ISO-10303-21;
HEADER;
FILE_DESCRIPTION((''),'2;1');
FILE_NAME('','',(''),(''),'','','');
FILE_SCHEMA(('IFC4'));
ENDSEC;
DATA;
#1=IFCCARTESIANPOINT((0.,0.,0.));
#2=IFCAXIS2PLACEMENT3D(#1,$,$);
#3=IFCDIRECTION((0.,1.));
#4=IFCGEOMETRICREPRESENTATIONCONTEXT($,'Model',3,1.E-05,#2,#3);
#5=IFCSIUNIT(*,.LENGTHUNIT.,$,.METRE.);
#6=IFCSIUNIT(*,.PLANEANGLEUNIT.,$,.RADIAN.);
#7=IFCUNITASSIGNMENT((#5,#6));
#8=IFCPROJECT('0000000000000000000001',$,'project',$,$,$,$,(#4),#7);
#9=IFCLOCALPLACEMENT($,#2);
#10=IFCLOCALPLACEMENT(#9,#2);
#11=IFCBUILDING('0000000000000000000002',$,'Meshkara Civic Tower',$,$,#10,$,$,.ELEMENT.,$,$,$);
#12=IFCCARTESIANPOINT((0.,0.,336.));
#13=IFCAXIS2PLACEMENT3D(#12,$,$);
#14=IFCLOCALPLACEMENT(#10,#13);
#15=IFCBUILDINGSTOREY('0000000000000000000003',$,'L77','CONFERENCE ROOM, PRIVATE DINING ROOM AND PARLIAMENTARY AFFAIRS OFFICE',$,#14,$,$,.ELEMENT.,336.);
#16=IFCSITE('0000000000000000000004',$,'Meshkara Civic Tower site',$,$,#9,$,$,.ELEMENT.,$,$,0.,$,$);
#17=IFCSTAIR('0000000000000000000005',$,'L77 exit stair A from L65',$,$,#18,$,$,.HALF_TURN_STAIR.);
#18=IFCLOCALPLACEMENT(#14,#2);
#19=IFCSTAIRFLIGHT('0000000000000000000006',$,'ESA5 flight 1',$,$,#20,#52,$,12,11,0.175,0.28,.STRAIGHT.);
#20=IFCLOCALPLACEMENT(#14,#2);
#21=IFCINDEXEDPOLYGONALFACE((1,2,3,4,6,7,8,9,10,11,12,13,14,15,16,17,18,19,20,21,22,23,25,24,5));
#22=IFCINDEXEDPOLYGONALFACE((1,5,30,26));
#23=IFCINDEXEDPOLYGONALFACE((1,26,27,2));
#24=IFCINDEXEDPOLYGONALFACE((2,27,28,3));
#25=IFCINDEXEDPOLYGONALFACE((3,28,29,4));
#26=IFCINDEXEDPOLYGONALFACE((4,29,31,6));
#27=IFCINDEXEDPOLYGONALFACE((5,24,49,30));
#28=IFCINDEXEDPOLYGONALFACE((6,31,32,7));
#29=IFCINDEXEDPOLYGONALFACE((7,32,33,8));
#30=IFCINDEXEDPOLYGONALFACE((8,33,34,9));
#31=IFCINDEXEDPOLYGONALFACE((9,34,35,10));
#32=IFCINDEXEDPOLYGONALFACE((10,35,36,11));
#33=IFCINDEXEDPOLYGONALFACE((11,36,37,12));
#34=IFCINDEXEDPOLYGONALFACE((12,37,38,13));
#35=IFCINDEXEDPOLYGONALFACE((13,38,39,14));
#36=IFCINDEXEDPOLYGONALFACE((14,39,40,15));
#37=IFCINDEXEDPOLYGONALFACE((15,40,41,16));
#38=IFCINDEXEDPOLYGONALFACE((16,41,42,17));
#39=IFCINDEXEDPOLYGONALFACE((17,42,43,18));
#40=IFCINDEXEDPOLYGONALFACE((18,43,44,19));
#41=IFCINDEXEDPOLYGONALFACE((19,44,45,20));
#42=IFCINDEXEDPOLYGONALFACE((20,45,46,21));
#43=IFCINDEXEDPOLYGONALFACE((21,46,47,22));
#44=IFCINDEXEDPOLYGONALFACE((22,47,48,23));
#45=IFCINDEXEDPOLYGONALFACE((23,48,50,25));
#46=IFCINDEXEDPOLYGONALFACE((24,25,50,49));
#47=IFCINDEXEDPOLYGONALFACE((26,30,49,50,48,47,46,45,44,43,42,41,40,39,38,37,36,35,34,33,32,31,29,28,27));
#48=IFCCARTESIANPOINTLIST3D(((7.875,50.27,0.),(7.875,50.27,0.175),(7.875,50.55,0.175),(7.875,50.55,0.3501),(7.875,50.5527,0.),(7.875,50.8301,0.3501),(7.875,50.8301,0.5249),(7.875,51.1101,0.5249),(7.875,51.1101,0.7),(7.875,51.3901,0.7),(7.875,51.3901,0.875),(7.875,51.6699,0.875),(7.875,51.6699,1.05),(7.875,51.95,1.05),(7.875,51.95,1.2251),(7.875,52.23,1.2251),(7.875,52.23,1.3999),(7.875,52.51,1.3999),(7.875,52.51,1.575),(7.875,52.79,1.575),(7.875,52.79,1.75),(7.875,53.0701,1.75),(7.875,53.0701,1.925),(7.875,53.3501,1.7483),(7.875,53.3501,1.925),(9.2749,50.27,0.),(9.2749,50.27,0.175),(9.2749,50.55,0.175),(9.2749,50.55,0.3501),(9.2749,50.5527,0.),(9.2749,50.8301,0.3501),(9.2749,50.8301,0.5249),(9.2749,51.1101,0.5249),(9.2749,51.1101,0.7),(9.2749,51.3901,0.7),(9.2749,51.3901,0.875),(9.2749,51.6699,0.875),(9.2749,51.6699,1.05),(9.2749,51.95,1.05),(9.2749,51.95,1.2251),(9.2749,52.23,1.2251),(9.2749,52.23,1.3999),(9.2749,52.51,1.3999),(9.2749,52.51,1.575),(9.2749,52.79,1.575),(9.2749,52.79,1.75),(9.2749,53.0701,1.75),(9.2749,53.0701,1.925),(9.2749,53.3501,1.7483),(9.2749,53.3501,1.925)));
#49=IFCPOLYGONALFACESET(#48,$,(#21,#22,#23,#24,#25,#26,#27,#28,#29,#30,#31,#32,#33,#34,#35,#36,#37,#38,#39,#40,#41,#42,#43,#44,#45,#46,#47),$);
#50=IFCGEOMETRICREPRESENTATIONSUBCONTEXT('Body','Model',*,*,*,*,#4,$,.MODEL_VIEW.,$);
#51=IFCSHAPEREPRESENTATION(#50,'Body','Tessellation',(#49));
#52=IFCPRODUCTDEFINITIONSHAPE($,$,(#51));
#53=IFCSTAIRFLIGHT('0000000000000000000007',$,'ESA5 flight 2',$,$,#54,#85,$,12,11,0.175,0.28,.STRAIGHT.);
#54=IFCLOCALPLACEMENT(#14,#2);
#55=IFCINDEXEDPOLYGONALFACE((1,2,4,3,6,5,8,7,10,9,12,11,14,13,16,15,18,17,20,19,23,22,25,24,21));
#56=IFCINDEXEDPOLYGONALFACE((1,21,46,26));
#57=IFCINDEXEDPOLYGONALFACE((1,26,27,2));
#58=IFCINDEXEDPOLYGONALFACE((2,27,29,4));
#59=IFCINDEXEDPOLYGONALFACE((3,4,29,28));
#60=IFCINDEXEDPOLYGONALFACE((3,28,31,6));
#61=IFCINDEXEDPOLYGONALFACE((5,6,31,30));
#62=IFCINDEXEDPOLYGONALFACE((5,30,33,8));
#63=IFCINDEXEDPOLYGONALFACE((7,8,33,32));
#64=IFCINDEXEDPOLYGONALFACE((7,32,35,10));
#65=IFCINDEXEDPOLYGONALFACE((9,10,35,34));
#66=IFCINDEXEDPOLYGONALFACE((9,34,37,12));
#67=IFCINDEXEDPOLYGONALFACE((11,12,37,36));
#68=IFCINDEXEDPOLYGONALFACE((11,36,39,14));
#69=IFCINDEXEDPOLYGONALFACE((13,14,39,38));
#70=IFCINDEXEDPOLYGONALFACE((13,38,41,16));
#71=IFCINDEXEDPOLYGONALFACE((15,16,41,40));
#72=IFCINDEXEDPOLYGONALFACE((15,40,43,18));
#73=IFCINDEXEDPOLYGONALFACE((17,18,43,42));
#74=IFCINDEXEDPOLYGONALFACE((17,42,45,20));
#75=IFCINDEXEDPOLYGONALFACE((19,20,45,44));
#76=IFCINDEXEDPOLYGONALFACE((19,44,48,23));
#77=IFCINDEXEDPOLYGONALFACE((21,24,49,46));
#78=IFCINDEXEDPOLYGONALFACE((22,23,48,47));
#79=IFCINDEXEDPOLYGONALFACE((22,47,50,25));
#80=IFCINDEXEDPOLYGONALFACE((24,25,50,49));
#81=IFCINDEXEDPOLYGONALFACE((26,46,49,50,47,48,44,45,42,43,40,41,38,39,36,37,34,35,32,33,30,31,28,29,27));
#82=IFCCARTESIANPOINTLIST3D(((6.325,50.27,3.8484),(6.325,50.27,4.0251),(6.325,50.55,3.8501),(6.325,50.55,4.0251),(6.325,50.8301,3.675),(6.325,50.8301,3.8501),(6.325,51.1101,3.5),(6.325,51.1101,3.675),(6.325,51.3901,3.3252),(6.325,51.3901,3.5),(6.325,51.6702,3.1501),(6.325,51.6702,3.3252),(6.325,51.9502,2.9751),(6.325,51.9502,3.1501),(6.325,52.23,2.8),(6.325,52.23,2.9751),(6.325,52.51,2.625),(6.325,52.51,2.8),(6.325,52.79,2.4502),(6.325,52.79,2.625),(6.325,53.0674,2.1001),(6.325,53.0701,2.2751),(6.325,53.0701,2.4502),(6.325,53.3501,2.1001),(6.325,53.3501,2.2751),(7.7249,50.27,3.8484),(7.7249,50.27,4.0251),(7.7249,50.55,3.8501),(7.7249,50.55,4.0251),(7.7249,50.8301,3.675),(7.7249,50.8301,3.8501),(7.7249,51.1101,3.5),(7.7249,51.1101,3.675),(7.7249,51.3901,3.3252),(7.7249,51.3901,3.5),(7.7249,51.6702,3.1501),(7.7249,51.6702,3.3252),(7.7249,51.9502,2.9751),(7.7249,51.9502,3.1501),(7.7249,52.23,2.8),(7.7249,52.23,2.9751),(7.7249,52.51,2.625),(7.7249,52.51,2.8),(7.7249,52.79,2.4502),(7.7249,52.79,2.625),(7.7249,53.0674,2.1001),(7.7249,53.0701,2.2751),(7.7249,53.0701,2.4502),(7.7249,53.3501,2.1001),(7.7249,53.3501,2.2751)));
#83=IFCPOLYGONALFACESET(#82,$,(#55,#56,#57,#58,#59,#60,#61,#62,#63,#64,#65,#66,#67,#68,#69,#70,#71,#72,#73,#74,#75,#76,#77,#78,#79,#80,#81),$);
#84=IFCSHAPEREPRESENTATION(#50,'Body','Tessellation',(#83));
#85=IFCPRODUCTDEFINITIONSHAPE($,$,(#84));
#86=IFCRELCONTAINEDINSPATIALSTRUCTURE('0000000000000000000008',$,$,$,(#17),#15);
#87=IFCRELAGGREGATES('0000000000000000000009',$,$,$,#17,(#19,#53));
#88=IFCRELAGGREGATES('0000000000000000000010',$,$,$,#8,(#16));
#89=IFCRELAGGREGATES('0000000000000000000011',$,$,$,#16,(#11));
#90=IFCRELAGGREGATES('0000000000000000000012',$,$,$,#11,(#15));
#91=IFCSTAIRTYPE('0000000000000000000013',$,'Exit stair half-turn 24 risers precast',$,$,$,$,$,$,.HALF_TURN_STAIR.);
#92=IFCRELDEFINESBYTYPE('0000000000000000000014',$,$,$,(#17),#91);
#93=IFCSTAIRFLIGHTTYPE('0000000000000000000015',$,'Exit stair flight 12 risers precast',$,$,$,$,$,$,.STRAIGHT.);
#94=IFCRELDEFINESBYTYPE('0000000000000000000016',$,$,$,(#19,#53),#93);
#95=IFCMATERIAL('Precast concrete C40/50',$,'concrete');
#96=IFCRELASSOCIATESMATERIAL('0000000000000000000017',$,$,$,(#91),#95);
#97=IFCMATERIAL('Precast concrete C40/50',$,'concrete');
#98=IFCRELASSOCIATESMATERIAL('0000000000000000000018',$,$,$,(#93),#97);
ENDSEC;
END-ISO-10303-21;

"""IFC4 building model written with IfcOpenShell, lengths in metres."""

from ifc_helpers import new_model, si_unit, direction, frame, origin, place, context, subcontext, project, spatial, polyline, outline, extrude, material, type_object, element, aggregate, save


model = new_model("IFC4")

# Units and contexts
model_context = context("Model", 3, precision=1e-05, world=origin(), true_north=direction((0.0, 1.0)))
body_context = subcontext(model_context, "Body", "Model", "MODEL_VIEW")
ifc_project = project(units=[si_unit("LENGTHUNIT", "METRE"), si_unit("PLANEANGLEUNIT", "RADIAN")], contexts=[model_context])

# Site, building, storey
site_placement = place(None, origin())
site = spatial("IfcSite", under=ifc_project, at=site_placement, Name="Meshkara Civic Tower site", CompositionType="ELEMENT", RefElevation=0.0)
building_placement = place(site_placement, origin())
building = spatial("IfcBuilding", under=site, at=building_placement, Name="Meshkara Civic Tower", CompositionType="ELEMENT")
storey_placement = place(building_placement, frame((0.0, 0.0, 336.0)))
storey = spatial("IfcBuildingStorey", under=building, at=storey_placement, Name="L77", Description="CONFERENCE ROOM, PRIVATE DINING ROOM AND PARLIAMENTARY AFFAIRS OFFICE", CompositionType="ELEMENT", Elevation=336.0)

# Stair, stair flights
ifc_material_1 = material(Name="Precast concrete C40/50", Category="concrete")
stair_type = type_object("IfcStairType", Name="Exit stair half-turn 24 risers precast", PredefinedType="HALF_TURN_STAIR", material=ifc_material_1)
stair_placement = place(storey_placement, origin())
stair = element("IfcStair", 1, at=stair_placement, inside=storey, type_object=stair_type, Name="L77 exit stair A from L65", PredefinedType="HALF_TURN_STAIR")
ifc_material_2 = material(Name="Precast concrete C40/50", Category="concrete")
stair_flight_type = type_object("IfcStairFlightType", Name="Exit stair flight 12 risers precast", PredefinedType="STRAIGHT", material=ifc_material_2)
stair_flight_1_placement = place(storey_placement, frame((8.575, 50.27, 0.0), z_axis=(0.0, 0.0, 1.0), x_axis=(0.0, 1.0, 0.0)))
stair_flight_1 = element("IfcStairFlight", 2, at=stair_flight_1_placement, type_object=stair_flight_type, Name="ESA5 flight 1", NumberOfRisers=12, NumberOfTreads=11, PredefinedType="STRAIGHT", RiserHeight=0.175, TreadLength=0.28, context=body_context, shape_type="SweptSolid", body=[
    extrude(outline(polyline([(0.0, 0.0), (0.0, 0.175), (0.28, 0.175), (0.28, 0.3501), (0.5601, 0.3501), (0.5601, 0.5249), (0.8401, 0.5249), (0.8401, 0.7), (1.1201, 0.7), (1.1201, 0.875), (1.3999, 0.875), (1.3999, 1.05), (1.6799, 1.05), (1.6799, 1.2251), (1.96, 1.2251), (1.96, 1.3999), (2.24, 1.3999), (2.24, 1.575), (2.52, 1.575), (2.52, 1.75), (2.8, 1.75), (2.8, 1.925), (3.0801, 1.925), (3.0801, 2.1001), (3.0801, 1.7483), (0.2827, 0.0), (0.0, 0.0)])), frame((0.0, 0.7, 0.0), z_axis=(0.0, -1.0, 0.0), x_axis=(1.0, 0.0, 0.0)), (0.0, 0.0, 1.0), 1.3999),
])
stair_flight_2_placement = place(storey_placement, frame((7.0249, 53.3501, 2.1001), z_axis=(0.0, 0.0, 1.0), x_axis=(0.0, -1.0, 0.0)))
stair_flight_2 = element("IfcStairFlight", 3, at=stair_flight_2_placement, type_object=stair_flight_type, Name="ESA5 flight 2", NumberOfRisers=12, NumberOfTreads=11, PredefinedType="STRAIGHT", RiserHeight=0.175, TreadLength=0.28, context=body_context, shape_type="SweptSolid", body=[
    extrude(outline(polyline([(0.0, 0.0), (0.0, 0.175), (0.28, 0.175), (0.28, 0.3501), (0.5601, 0.3501), (0.5601, 0.5249), (0.8401, 0.5249), (0.8401, 0.7), (1.1201, 0.7), (1.1201, 0.875), (1.3999, 0.875), (1.3999, 1.05), (1.6799, 1.05), (1.6799, 1.2251), (1.96, 1.2251), (1.96, 1.3999), (2.24, 1.3999), (2.24, 1.575), (2.52, 1.575), (2.52, 1.75), (2.8, 1.75), (2.8, 1.925), (3.0801, 1.925), (3.0801, 2.1001), (3.0801, 1.7483), (0.2827, 0.0), (0.0, 0.0)])), frame((0.0, 0.7, 0.0), z_axis=(0.0, -1.0, 0.0), x_axis=(1.0, 0.0, 0.0)), (0.0, 0.0, 1.0), 1.3999),
])
aggregate(stair, [stair_flight_1, stair_flight_2])

save(model, "model.ifc")
